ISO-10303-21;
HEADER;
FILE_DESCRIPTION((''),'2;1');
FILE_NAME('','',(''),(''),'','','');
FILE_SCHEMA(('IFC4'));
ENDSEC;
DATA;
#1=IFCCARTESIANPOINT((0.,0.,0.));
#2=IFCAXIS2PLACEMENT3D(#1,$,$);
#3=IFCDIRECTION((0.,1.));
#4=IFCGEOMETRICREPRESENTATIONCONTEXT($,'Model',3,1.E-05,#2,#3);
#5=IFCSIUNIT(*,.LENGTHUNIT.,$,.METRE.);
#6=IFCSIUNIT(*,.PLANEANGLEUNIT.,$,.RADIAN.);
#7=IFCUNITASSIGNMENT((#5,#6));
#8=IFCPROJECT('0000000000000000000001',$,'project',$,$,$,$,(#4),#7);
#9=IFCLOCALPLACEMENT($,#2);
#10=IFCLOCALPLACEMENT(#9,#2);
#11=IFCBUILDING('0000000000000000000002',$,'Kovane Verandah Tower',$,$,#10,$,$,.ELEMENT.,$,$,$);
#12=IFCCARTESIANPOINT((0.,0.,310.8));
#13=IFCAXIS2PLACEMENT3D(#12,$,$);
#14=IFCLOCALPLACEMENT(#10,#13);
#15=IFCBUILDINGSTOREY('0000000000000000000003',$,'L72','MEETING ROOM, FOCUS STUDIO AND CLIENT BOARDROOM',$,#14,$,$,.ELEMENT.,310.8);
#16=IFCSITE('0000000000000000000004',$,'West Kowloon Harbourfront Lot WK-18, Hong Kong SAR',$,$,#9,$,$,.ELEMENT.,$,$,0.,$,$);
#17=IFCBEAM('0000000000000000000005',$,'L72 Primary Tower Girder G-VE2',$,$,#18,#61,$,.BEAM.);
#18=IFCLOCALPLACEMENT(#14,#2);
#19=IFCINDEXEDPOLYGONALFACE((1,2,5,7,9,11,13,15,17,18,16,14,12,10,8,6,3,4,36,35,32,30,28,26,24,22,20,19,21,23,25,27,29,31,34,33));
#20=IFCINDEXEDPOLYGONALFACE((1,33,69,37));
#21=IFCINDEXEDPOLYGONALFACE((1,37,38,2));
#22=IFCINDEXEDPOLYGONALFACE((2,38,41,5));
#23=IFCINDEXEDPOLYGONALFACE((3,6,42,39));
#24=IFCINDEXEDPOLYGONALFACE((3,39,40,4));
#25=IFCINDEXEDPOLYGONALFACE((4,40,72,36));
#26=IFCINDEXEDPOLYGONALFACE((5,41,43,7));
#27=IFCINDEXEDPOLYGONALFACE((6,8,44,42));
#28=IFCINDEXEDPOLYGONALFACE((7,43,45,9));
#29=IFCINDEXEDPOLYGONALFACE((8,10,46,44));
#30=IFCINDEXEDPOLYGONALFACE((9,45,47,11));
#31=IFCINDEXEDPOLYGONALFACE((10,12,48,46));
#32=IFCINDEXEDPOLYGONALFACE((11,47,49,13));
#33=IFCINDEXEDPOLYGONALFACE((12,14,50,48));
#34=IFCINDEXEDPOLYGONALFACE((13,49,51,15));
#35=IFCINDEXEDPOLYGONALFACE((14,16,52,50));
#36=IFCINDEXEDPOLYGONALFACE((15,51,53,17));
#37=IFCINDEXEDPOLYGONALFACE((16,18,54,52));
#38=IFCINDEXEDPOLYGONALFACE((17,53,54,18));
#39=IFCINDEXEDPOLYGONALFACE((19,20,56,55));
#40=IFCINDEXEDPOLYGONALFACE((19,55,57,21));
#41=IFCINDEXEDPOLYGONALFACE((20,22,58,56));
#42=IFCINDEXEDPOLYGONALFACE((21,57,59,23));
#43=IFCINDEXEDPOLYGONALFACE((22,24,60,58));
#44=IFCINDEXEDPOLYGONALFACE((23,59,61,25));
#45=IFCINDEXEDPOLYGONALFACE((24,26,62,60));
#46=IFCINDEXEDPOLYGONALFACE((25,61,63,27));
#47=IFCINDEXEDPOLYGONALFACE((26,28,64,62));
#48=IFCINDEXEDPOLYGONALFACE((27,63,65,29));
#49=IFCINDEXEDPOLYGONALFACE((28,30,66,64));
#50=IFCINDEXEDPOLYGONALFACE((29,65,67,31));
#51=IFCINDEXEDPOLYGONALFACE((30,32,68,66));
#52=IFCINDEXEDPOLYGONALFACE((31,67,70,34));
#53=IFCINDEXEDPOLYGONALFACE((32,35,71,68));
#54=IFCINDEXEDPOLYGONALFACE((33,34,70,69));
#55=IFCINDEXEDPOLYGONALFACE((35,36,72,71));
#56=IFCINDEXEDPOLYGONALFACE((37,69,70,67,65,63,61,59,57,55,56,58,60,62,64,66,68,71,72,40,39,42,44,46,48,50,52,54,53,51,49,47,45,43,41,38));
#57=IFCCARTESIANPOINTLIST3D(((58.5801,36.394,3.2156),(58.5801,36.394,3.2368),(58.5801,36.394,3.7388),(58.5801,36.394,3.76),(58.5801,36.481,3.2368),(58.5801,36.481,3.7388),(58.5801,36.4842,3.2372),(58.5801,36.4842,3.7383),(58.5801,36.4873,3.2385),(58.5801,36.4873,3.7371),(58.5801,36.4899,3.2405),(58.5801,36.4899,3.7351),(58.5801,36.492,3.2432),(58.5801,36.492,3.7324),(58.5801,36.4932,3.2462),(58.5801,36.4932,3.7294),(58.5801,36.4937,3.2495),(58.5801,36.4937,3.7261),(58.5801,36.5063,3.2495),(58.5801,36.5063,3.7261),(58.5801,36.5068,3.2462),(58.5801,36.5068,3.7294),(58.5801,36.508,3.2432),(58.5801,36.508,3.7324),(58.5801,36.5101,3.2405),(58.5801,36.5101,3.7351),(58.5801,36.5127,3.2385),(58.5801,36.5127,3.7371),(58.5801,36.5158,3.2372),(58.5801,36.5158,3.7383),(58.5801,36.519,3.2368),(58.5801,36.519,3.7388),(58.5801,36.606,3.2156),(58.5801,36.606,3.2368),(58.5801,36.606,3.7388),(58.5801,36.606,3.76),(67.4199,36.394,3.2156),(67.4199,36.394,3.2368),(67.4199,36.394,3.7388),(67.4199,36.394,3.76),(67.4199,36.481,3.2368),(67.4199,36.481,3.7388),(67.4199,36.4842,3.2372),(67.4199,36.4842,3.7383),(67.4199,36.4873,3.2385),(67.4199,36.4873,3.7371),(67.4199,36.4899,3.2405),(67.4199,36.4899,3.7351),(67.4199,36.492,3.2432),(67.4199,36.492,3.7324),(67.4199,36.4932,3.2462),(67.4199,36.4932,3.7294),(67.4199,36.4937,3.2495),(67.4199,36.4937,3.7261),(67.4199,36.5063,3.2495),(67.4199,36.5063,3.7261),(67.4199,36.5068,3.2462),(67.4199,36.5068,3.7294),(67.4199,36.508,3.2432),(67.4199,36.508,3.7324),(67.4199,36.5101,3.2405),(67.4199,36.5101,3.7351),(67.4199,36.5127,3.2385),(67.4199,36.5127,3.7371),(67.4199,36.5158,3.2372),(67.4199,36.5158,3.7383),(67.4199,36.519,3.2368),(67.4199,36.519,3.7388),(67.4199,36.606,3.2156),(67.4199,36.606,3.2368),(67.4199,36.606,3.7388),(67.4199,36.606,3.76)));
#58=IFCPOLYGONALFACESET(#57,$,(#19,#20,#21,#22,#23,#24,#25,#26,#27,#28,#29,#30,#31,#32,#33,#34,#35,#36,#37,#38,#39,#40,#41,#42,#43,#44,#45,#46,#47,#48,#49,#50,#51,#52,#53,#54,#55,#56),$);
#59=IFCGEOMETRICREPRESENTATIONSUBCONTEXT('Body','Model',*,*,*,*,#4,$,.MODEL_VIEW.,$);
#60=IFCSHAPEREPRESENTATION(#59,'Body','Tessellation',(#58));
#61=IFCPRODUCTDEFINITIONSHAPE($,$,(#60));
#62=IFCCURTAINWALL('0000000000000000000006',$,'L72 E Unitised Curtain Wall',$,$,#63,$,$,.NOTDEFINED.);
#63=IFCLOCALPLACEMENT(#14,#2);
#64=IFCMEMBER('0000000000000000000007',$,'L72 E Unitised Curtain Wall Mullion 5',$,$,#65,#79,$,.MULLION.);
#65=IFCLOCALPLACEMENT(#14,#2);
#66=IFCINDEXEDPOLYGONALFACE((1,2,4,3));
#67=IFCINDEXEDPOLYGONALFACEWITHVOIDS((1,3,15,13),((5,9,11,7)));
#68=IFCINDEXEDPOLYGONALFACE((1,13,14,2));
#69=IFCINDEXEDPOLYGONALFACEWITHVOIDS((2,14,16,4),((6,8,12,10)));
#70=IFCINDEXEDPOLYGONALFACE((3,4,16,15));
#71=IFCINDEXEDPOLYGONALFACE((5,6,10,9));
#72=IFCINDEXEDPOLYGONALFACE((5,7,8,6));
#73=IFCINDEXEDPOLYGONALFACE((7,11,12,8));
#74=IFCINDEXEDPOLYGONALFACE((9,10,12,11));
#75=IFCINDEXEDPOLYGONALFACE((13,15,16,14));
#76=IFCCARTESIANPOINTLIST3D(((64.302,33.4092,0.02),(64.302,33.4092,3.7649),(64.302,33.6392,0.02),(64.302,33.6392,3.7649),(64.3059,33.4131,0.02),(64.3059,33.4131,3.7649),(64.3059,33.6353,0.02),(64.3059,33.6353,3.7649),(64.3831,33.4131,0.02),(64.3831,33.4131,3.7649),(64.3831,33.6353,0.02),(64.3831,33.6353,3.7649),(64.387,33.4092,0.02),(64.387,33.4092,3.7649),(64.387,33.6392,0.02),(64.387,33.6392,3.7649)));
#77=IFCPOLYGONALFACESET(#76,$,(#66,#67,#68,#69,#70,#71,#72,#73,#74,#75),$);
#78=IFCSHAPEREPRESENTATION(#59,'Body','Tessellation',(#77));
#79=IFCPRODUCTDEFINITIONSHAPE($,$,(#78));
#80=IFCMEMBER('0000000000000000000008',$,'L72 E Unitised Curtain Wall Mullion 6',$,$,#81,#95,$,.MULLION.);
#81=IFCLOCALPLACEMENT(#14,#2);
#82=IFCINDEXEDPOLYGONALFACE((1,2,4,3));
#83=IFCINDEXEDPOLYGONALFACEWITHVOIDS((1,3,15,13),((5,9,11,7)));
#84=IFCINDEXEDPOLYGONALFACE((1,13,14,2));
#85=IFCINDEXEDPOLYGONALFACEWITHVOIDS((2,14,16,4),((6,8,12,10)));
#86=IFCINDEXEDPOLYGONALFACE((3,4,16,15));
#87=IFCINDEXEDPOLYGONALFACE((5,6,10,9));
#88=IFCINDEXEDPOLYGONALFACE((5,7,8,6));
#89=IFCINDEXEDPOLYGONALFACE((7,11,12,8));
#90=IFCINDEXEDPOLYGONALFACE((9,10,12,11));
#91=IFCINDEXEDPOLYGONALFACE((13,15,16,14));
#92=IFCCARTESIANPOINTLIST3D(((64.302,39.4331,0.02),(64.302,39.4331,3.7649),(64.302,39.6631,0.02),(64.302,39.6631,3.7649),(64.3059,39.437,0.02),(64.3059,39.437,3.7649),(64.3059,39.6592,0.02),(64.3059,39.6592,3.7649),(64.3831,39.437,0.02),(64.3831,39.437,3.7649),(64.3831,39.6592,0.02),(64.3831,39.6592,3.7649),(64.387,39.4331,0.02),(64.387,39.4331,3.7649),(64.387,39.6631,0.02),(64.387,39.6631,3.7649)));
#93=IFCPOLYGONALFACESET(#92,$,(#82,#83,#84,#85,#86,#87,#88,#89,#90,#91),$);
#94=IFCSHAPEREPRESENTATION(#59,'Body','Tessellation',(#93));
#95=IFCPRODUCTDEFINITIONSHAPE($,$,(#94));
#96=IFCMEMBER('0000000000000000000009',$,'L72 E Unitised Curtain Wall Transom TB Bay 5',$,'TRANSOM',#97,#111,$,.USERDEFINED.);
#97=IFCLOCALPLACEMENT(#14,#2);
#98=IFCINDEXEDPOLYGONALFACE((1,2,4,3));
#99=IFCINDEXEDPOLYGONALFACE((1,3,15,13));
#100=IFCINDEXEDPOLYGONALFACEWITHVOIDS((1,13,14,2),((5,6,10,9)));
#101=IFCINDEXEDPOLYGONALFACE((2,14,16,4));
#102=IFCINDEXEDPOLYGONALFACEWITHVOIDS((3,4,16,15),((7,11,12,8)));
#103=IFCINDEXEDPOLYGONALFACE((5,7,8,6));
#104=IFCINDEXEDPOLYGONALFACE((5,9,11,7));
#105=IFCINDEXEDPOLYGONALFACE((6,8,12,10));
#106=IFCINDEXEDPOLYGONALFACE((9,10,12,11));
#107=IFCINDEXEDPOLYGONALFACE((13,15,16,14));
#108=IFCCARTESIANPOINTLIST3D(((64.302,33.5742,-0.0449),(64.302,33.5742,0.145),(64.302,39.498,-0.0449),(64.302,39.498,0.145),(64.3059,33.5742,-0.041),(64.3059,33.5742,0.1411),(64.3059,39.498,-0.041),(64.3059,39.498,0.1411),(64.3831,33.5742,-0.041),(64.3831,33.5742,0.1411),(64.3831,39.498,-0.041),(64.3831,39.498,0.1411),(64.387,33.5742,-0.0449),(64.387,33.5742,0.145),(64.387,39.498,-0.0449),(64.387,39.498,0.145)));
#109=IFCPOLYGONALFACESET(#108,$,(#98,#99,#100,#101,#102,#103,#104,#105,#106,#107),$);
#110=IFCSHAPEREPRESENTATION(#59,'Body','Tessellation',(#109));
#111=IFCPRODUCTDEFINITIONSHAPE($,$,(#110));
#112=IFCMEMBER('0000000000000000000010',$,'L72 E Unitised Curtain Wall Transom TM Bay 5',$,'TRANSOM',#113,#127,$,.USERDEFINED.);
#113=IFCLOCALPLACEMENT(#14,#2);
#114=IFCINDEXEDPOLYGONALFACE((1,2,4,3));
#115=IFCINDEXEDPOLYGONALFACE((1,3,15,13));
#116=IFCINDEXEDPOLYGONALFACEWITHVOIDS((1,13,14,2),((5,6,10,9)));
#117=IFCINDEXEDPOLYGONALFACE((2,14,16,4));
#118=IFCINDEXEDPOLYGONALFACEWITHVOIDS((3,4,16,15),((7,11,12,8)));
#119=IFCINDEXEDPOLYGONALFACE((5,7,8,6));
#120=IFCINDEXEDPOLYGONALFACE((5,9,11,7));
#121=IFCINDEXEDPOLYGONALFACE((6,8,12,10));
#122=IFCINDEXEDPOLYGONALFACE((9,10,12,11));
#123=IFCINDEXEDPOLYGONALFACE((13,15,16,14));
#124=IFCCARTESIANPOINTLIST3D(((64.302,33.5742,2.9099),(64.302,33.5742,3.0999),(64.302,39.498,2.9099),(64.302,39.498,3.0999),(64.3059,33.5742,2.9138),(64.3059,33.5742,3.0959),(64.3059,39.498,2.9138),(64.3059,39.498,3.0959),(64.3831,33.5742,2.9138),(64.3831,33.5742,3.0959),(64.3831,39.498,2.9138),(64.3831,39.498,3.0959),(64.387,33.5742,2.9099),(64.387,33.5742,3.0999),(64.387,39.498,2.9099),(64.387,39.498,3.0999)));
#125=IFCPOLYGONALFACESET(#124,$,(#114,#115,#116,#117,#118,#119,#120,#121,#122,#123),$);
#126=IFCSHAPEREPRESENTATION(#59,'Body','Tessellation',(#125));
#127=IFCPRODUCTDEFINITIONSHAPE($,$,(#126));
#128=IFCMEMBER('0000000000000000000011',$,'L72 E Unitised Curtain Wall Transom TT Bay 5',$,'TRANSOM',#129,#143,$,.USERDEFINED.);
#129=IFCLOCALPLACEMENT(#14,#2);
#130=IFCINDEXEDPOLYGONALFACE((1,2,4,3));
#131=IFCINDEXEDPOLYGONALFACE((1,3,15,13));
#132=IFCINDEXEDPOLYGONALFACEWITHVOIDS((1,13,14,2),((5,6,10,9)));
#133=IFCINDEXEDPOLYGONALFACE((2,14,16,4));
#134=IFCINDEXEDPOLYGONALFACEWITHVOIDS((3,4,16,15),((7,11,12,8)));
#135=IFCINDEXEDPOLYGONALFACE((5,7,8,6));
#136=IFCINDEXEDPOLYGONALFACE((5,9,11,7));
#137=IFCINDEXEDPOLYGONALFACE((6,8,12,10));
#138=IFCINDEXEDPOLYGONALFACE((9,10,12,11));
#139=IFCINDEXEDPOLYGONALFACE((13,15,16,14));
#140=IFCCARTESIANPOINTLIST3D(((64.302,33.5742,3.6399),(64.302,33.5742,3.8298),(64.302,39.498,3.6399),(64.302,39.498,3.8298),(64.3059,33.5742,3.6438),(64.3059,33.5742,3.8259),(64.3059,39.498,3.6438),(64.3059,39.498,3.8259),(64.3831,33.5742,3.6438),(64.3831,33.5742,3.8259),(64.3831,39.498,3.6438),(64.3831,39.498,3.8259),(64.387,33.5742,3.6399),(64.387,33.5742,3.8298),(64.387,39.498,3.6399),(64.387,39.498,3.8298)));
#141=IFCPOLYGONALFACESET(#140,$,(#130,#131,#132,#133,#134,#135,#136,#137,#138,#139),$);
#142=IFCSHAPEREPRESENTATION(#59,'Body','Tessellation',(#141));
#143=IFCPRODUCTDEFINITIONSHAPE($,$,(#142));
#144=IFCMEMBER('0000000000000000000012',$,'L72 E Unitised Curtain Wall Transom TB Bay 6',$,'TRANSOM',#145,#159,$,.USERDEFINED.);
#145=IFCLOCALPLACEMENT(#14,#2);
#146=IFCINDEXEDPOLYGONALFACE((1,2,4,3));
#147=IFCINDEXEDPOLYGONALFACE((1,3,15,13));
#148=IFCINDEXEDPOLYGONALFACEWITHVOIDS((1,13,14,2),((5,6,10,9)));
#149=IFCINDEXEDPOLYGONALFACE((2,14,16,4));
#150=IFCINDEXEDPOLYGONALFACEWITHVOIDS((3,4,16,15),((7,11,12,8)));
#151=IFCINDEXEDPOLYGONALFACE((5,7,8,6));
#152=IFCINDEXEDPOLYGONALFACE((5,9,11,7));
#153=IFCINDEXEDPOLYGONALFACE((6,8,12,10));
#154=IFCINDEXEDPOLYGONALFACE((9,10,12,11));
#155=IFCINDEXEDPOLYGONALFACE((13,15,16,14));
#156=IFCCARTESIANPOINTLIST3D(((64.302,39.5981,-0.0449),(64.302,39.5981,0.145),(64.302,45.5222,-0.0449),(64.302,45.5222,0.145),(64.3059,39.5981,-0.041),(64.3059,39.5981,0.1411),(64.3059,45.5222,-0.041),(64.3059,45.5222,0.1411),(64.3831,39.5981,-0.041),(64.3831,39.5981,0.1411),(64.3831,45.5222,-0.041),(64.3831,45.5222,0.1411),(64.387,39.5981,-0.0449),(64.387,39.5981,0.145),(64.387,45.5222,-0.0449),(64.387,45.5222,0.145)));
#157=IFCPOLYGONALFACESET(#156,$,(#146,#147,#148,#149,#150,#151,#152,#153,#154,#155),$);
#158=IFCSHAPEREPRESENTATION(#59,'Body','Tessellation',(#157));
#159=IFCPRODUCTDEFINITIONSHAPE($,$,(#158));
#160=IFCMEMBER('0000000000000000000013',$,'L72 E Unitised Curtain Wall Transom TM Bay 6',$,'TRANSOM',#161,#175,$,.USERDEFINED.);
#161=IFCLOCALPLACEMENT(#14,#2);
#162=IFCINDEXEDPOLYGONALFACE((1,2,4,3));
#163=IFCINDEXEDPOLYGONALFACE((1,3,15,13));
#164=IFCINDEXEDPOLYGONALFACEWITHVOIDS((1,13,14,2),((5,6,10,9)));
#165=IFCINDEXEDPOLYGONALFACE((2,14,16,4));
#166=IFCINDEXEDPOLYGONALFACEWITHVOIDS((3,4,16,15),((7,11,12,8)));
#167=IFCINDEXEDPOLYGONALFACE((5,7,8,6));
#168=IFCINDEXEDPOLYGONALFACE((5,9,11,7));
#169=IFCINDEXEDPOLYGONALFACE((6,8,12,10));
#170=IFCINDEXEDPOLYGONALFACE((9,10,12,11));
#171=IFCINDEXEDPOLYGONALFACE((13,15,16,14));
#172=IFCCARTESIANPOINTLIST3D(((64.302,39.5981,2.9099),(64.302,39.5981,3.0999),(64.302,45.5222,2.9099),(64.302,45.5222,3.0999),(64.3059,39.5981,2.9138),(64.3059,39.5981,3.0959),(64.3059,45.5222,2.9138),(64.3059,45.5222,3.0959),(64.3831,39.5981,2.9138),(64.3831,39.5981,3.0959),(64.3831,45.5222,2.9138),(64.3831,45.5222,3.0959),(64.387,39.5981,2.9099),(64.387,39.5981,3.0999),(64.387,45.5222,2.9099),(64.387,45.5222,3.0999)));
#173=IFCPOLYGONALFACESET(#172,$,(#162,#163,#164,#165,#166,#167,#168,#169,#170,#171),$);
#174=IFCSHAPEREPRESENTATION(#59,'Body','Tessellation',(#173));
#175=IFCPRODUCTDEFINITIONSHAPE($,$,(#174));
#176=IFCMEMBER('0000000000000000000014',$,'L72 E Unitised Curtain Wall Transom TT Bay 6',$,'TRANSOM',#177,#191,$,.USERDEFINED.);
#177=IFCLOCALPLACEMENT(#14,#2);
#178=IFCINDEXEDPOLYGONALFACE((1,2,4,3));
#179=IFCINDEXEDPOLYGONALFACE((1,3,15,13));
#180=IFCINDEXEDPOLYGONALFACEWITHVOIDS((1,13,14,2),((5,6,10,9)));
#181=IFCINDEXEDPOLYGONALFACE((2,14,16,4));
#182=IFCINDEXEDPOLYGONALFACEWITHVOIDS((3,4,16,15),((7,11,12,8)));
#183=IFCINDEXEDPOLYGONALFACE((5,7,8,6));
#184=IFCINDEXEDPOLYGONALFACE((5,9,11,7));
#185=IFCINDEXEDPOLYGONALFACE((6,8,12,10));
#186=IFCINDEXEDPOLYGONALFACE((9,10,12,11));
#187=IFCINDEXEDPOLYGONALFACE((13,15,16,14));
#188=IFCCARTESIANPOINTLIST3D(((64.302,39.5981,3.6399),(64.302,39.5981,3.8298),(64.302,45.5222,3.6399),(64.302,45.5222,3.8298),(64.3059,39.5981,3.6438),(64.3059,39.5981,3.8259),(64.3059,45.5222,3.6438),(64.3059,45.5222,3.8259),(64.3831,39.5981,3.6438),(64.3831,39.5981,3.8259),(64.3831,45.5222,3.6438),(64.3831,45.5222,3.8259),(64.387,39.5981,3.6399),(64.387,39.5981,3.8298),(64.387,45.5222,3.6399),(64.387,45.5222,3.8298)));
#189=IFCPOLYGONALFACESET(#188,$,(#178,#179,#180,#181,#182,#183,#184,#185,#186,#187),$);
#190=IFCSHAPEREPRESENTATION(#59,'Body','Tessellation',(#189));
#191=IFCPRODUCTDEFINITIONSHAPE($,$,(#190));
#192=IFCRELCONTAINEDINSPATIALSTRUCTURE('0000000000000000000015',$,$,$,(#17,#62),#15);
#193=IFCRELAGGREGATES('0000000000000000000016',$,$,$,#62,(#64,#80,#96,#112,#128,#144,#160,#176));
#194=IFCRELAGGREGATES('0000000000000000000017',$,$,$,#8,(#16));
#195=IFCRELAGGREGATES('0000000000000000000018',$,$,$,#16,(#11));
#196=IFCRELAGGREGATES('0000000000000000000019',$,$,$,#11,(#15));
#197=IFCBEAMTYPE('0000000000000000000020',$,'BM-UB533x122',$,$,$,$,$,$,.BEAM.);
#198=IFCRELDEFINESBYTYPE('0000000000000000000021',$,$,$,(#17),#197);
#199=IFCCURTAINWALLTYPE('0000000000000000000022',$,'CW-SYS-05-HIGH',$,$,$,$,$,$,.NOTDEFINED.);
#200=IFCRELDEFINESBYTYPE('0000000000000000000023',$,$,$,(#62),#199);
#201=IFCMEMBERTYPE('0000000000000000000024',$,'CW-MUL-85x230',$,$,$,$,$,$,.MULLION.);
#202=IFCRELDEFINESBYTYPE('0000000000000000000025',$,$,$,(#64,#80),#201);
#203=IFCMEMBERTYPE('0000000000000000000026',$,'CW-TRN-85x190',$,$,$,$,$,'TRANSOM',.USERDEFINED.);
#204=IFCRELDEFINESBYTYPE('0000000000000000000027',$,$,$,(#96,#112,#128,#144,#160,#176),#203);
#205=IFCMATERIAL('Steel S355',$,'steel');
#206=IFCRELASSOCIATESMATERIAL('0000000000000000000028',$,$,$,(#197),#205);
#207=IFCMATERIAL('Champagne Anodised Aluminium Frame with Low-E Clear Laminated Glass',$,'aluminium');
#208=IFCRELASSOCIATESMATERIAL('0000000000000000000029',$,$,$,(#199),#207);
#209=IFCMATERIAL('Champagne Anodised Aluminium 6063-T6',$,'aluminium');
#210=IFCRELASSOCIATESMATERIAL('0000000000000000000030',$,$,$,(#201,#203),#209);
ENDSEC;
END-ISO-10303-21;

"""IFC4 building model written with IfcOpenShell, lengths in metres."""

from ifc_helpers import new_model, si_unit, direction, frame, origin, origin_2d, place, context, subcontext, project, spatial, hollow_rectangle, i_section, extrude, material, material_profile, profile_set, type_object, element, aggregate, save


model = new_model("IFC4")

# Units and contexts
model_context = context("Model", 3, precision=1e-05, world=origin(), true_north=direction((0.0, 1.0)))
body_context = subcontext(model_context, "Body", "Model", "MODEL_VIEW")
ifc_project = project(units=[si_unit("LENGTHUNIT", "METRE"), si_unit("PLANEANGLEUNIT", "RADIAN")], contexts=[model_context])

# Site, building, storey
site_placement = place(None, origin())
site = spatial("IfcSite", under=ifc_project, at=site_placement, Name="West Kowloon Harbourfront Lot WK-18, Hong Kong SAR", CompositionType="ELEMENT", RefElevation=0.0)
building_placement = place(site_placement, origin())
building = spatial("IfcBuilding", under=site, at=building_placement, Name="Kovane Verandah Tower", CompositionType="ELEMENT")
storey_placement = place(building_placement, frame((0.0, 0.0, 310.8)))
storey = spatial("IfcBuildingStorey", under=building, at=storey_placement, Name="L72", Description="MEETING ROOM, FOCUS STUDIO AND CLIENT BOARDROOM", CompositionType="ELEMENT", Elevation=310.8)

# Beam
ifc_material_1 = material(Name="Steel S355", Category="steel")
ifc_material_profile_1 = material_profile(ifc_material_1, i_section(OverallWidth=0.2119, OverallDepth=0.5444, WebThickness=0.0127, FlangeThickness=0.0212, FilletRadius=0.0127, at=origin_2d()), Name="UB533x210x122")
ifc_profile_set_1 = profile_set([ifc_material_profile_1], Name="Steel S355")
beam_type_1 = type_object("IfcBeamType", Name="BM-UB533x122", PredefinedType="BEAM", material=ifc_profile_set_1)
beam_1_placement = place(storey_placement, frame((58.5801, 36.5, 3.4878), z_axis=(1.0, 0.0, 0.0), x_axis=(0.0, 1.0, 0.0)))
element("IfcBeam", 1, at=beam_1_placement, inside=storey, type_object=beam_type_1, Name="L72 Primary Tower Girder G-VE2", PredefinedType="BEAM", context=body_context, shape_type="SweptSolid", body=[
    extrude(i_section(OverallWidth=0.2119, OverallDepth=0.5444, WebThickness=0.0127, FlangeThickness=0.0212, FilletRadius=0.0127, at=origin_2d()), origin(), (0.0, 0.0, 1.0), 8.8398),
])

# Curtain wall, members
ifc_material_2 = material(Name="Champagne Anodised Aluminium Frame with Low-E Clear Laminated Glass", Category="aluminium")
curtain_wall_type = type_object("IfcCurtainWallType", Name="CW-SYS-05-HIGH", PredefinedType="NOTDEFINED", material=ifc_material_2)
curtain_wall_placement = place(storey_placement, origin())
curtain_wall = element("IfcCurtainWall", 2, at=curtain_wall_placement, inside=storey, type_object=curtain_wall_type, Name="L72 E Unitised Curtain Wall", PredefinedType="NOTDEFINED")
ifc_material_3 = material(Name="Champagne Anodised Aluminium 6063-T6", Category="aluminium")
ifc_material_profile_2 = material_profile(ifc_material_3, hollow_rectangle(XDim=0.085, YDim=0.23, WallThickness=0.0039, at=origin_2d()), Name="AL85x230x4")
ifc_profile_set_2 = profile_set([ifc_material_profile_2], Name="Champagne Anodised Aluminium 6063-T6")
member_type_1 = type_object("IfcMemberType", Name="CW-MUL-85x230", PredefinedType="MULLION", material=ifc_profile_set_2)
member_1_placement = place(storey_placement, frame((64.3445, 33.5242, 0.02), z_axis=(0.0, 0.0, 1.0), x_axis=(1.0, 0.0, 0.0)))
member_1 = element("IfcMember", 3, at=member_1_placement, type_object=member_type_1, Name="L72 E Unitised Curtain Wall Mullion 5", PredefinedType="MULLION", context=body_context, shape_type="SweptSolid", body=[
    extrude(hollow_rectangle(XDim=0.085, YDim=0.23, WallThickness=0.0039, at=origin_2d()), origin(), (0.0, 0.0, 1.0), 3.7449),
])
member_2_placement = place(storey_placement, frame((64.3445, 39.5481, 0.02), z_axis=(0.0, 0.0, 1.0), x_axis=(1.0, 0.0, 0.0)))
member_2 = element("IfcMember", 4, at=member_2_placement, type_object=member_type_1, Name="L72 E Unitised Curtain Wall Mullion 6", PredefinedType="MULLION", context=body_context, shape_type="SweptSolid", body=[
    extrude(hollow_rectangle(XDim=0.085, YDim=0.23, WallThickness=0.0039, at=origin_2d()), origin(), (0.0, 0.0, 1.0), 3.7449),
])
ifc_material_profile_3 = material_profile(ifc_material_3, hollow_rectangle(XDim=0.085, YDim=0.1899, WallThickness=0.0039, at=origin_2d()), Name="AL85x190x4")
ifc_profile_set_3 = profile_set([ifc_material_profile_3], Name="Champagne Anodised Aluminium 6063-T6")
member_type_2 = type_object("IfcMemberType", Name="CW-TRN-85x190", ElementType="TRANSOM", PredefinedType="USERDEFINED", material=ifc_profile_set_3)
member_3_placement = place(storey_placement, frame((64.3445, 33.5742, 0.05), z_axis=(0.0, 1.0, 0.0), x_axis=(-1.0, 0.0, 0.0)))
member_3 = element("IfcMember", 5, at=member_3_placement, type_object=member_type_2, Name="L72 E Unitised Curtain Wall Transom TB Bay 5", ObjectType="TRANSOM", PredefinedType="USERDEFINED", context=body_context, shape_type="SweptSolid", body=[
    extrude(hollow_rectangle(XDim=0.085, YDim=0.1899, WallThickness=0.0039, at=origin_2d()), origin(), (0.0, 0.0, 1.0), 5.9238),
])
member_4_placement = place(storey_placement, frame((64.3445, 33.5742, 3.0049), z_axis=(0.0, 1.0, 0.0), x_axis=(-1.0, 0.0, 0.0)))
member_4 = element("IfcMember", 6, at=member_4_placement, type_object=member_type_2, Name="L72 E Unitised Curtain Wall Transom TM Bay 5", ObjectType="TRANSOM", PredefinedType="USERDEFINED", context=body_context, shape_type="SweptSolid", body=[
    extrude(hollow_rectangle(XDim=0.085, YDim=0.1899, WallThickness=0.0039, at=origin_2d()), origin(), (0.0, 0.0, 1.0), 5.9238),
])
member_5_placement = place(storey_placement, frame((64.3445, 33.5742, 3.7349), z_axis=(0.0, 1.0, 0.0), x_axis=(-1.0, 0.0, 0.0)))
member_5 = element("IfcMember", 7, at=member_5_placement, type_object=member_type_2, Name="L72 E Unitised Curtain Wall Transom TT Bay 5", ObjectType="TRANSOM", PredefinedType="USERDEFINED", context=body_context, shape_type="SweptSolid", body=[
    extrude(hollow_rectangle(XDim=0.085, YDim=0.1899, WallThickness=0.0039, at=origin_2d()), origin(), (0.0, 0.0, 1.0), 5.9238),
])
member_6_placement = place(storey_placement, frame((64.3445, 39.5981, 0.05), z_axis=(0.0, 1.0, 0.0), x_axis=(-1.0, 0.0, 0.0)))
member_6 = element("IfcMember", 8, at=member_6_placement, type_object=member_type_2, Name="L72 E Unitised Curtain Wall Transom TB Bay 6", ObjectType="TRANSOM", PredefinedType="USERDEFINED", context=body_context, shape_type="SweptSolid", body=[
    extrude(hollow_rectangle(XDim=0.085, YDim=0.1899, WallThickness=0.0039, at=origin_2d()), origin(), (0.0, 0.0, 1.0), 5.9241),
])
member_7_placement = place(storey_placement, frame((64.3445, 39.5981, 3.0049), z_axis=(0.0, 1.0, 0.0), x_axis=(-1.0, 0.0, 0.0)))
member_7 = element("IfcMember", 9, at=member_7_placement, type_object=member_type_2, Name="L72 E Unitised Curtain Wall Transom TM Bay 6", ObjectType="TRANSOM", PredefinedType="USERDEFINED", context=body_context, shape_type="SweptSolid", body=[
    extrude(hollow_rectangle(XDim=0.085, YDim=0.1899, WallThickness=0.0039, at=origin_2d()), origin(), (0.0, 0.0, 1.0), 5.9241),
])
member_8_placement = place(storey_placement, frame((64.3445, 39.5981, 3.7349), z_axis=(0.0, 1.0, 0.0), x_axis=(-1.0, 0.0, 0.0)))
member_8 = element("IfcMember", 10, at=member_8_placement, type_object=member_type_2, Name="L72 E Unitised Curtain Wall Transom TT Bay 6", ObjectType="TRANSOM", PredefinedType="USERDEFINED", context=body_context, shape_type="SweptSolid", body=[
    extrude(hollow_rectangle(XDim=0.085, YDim=0.1899, WallThickness=0.0039, at=origin_2d()), origin(), (0.0, 0.0, 1.0), 5.9241),
])

aggregate(curtain_wall, [member_1, member_2, member_3, member_4, member_5, member_6, member_7, member_8])

save(model, "model.ifc")
